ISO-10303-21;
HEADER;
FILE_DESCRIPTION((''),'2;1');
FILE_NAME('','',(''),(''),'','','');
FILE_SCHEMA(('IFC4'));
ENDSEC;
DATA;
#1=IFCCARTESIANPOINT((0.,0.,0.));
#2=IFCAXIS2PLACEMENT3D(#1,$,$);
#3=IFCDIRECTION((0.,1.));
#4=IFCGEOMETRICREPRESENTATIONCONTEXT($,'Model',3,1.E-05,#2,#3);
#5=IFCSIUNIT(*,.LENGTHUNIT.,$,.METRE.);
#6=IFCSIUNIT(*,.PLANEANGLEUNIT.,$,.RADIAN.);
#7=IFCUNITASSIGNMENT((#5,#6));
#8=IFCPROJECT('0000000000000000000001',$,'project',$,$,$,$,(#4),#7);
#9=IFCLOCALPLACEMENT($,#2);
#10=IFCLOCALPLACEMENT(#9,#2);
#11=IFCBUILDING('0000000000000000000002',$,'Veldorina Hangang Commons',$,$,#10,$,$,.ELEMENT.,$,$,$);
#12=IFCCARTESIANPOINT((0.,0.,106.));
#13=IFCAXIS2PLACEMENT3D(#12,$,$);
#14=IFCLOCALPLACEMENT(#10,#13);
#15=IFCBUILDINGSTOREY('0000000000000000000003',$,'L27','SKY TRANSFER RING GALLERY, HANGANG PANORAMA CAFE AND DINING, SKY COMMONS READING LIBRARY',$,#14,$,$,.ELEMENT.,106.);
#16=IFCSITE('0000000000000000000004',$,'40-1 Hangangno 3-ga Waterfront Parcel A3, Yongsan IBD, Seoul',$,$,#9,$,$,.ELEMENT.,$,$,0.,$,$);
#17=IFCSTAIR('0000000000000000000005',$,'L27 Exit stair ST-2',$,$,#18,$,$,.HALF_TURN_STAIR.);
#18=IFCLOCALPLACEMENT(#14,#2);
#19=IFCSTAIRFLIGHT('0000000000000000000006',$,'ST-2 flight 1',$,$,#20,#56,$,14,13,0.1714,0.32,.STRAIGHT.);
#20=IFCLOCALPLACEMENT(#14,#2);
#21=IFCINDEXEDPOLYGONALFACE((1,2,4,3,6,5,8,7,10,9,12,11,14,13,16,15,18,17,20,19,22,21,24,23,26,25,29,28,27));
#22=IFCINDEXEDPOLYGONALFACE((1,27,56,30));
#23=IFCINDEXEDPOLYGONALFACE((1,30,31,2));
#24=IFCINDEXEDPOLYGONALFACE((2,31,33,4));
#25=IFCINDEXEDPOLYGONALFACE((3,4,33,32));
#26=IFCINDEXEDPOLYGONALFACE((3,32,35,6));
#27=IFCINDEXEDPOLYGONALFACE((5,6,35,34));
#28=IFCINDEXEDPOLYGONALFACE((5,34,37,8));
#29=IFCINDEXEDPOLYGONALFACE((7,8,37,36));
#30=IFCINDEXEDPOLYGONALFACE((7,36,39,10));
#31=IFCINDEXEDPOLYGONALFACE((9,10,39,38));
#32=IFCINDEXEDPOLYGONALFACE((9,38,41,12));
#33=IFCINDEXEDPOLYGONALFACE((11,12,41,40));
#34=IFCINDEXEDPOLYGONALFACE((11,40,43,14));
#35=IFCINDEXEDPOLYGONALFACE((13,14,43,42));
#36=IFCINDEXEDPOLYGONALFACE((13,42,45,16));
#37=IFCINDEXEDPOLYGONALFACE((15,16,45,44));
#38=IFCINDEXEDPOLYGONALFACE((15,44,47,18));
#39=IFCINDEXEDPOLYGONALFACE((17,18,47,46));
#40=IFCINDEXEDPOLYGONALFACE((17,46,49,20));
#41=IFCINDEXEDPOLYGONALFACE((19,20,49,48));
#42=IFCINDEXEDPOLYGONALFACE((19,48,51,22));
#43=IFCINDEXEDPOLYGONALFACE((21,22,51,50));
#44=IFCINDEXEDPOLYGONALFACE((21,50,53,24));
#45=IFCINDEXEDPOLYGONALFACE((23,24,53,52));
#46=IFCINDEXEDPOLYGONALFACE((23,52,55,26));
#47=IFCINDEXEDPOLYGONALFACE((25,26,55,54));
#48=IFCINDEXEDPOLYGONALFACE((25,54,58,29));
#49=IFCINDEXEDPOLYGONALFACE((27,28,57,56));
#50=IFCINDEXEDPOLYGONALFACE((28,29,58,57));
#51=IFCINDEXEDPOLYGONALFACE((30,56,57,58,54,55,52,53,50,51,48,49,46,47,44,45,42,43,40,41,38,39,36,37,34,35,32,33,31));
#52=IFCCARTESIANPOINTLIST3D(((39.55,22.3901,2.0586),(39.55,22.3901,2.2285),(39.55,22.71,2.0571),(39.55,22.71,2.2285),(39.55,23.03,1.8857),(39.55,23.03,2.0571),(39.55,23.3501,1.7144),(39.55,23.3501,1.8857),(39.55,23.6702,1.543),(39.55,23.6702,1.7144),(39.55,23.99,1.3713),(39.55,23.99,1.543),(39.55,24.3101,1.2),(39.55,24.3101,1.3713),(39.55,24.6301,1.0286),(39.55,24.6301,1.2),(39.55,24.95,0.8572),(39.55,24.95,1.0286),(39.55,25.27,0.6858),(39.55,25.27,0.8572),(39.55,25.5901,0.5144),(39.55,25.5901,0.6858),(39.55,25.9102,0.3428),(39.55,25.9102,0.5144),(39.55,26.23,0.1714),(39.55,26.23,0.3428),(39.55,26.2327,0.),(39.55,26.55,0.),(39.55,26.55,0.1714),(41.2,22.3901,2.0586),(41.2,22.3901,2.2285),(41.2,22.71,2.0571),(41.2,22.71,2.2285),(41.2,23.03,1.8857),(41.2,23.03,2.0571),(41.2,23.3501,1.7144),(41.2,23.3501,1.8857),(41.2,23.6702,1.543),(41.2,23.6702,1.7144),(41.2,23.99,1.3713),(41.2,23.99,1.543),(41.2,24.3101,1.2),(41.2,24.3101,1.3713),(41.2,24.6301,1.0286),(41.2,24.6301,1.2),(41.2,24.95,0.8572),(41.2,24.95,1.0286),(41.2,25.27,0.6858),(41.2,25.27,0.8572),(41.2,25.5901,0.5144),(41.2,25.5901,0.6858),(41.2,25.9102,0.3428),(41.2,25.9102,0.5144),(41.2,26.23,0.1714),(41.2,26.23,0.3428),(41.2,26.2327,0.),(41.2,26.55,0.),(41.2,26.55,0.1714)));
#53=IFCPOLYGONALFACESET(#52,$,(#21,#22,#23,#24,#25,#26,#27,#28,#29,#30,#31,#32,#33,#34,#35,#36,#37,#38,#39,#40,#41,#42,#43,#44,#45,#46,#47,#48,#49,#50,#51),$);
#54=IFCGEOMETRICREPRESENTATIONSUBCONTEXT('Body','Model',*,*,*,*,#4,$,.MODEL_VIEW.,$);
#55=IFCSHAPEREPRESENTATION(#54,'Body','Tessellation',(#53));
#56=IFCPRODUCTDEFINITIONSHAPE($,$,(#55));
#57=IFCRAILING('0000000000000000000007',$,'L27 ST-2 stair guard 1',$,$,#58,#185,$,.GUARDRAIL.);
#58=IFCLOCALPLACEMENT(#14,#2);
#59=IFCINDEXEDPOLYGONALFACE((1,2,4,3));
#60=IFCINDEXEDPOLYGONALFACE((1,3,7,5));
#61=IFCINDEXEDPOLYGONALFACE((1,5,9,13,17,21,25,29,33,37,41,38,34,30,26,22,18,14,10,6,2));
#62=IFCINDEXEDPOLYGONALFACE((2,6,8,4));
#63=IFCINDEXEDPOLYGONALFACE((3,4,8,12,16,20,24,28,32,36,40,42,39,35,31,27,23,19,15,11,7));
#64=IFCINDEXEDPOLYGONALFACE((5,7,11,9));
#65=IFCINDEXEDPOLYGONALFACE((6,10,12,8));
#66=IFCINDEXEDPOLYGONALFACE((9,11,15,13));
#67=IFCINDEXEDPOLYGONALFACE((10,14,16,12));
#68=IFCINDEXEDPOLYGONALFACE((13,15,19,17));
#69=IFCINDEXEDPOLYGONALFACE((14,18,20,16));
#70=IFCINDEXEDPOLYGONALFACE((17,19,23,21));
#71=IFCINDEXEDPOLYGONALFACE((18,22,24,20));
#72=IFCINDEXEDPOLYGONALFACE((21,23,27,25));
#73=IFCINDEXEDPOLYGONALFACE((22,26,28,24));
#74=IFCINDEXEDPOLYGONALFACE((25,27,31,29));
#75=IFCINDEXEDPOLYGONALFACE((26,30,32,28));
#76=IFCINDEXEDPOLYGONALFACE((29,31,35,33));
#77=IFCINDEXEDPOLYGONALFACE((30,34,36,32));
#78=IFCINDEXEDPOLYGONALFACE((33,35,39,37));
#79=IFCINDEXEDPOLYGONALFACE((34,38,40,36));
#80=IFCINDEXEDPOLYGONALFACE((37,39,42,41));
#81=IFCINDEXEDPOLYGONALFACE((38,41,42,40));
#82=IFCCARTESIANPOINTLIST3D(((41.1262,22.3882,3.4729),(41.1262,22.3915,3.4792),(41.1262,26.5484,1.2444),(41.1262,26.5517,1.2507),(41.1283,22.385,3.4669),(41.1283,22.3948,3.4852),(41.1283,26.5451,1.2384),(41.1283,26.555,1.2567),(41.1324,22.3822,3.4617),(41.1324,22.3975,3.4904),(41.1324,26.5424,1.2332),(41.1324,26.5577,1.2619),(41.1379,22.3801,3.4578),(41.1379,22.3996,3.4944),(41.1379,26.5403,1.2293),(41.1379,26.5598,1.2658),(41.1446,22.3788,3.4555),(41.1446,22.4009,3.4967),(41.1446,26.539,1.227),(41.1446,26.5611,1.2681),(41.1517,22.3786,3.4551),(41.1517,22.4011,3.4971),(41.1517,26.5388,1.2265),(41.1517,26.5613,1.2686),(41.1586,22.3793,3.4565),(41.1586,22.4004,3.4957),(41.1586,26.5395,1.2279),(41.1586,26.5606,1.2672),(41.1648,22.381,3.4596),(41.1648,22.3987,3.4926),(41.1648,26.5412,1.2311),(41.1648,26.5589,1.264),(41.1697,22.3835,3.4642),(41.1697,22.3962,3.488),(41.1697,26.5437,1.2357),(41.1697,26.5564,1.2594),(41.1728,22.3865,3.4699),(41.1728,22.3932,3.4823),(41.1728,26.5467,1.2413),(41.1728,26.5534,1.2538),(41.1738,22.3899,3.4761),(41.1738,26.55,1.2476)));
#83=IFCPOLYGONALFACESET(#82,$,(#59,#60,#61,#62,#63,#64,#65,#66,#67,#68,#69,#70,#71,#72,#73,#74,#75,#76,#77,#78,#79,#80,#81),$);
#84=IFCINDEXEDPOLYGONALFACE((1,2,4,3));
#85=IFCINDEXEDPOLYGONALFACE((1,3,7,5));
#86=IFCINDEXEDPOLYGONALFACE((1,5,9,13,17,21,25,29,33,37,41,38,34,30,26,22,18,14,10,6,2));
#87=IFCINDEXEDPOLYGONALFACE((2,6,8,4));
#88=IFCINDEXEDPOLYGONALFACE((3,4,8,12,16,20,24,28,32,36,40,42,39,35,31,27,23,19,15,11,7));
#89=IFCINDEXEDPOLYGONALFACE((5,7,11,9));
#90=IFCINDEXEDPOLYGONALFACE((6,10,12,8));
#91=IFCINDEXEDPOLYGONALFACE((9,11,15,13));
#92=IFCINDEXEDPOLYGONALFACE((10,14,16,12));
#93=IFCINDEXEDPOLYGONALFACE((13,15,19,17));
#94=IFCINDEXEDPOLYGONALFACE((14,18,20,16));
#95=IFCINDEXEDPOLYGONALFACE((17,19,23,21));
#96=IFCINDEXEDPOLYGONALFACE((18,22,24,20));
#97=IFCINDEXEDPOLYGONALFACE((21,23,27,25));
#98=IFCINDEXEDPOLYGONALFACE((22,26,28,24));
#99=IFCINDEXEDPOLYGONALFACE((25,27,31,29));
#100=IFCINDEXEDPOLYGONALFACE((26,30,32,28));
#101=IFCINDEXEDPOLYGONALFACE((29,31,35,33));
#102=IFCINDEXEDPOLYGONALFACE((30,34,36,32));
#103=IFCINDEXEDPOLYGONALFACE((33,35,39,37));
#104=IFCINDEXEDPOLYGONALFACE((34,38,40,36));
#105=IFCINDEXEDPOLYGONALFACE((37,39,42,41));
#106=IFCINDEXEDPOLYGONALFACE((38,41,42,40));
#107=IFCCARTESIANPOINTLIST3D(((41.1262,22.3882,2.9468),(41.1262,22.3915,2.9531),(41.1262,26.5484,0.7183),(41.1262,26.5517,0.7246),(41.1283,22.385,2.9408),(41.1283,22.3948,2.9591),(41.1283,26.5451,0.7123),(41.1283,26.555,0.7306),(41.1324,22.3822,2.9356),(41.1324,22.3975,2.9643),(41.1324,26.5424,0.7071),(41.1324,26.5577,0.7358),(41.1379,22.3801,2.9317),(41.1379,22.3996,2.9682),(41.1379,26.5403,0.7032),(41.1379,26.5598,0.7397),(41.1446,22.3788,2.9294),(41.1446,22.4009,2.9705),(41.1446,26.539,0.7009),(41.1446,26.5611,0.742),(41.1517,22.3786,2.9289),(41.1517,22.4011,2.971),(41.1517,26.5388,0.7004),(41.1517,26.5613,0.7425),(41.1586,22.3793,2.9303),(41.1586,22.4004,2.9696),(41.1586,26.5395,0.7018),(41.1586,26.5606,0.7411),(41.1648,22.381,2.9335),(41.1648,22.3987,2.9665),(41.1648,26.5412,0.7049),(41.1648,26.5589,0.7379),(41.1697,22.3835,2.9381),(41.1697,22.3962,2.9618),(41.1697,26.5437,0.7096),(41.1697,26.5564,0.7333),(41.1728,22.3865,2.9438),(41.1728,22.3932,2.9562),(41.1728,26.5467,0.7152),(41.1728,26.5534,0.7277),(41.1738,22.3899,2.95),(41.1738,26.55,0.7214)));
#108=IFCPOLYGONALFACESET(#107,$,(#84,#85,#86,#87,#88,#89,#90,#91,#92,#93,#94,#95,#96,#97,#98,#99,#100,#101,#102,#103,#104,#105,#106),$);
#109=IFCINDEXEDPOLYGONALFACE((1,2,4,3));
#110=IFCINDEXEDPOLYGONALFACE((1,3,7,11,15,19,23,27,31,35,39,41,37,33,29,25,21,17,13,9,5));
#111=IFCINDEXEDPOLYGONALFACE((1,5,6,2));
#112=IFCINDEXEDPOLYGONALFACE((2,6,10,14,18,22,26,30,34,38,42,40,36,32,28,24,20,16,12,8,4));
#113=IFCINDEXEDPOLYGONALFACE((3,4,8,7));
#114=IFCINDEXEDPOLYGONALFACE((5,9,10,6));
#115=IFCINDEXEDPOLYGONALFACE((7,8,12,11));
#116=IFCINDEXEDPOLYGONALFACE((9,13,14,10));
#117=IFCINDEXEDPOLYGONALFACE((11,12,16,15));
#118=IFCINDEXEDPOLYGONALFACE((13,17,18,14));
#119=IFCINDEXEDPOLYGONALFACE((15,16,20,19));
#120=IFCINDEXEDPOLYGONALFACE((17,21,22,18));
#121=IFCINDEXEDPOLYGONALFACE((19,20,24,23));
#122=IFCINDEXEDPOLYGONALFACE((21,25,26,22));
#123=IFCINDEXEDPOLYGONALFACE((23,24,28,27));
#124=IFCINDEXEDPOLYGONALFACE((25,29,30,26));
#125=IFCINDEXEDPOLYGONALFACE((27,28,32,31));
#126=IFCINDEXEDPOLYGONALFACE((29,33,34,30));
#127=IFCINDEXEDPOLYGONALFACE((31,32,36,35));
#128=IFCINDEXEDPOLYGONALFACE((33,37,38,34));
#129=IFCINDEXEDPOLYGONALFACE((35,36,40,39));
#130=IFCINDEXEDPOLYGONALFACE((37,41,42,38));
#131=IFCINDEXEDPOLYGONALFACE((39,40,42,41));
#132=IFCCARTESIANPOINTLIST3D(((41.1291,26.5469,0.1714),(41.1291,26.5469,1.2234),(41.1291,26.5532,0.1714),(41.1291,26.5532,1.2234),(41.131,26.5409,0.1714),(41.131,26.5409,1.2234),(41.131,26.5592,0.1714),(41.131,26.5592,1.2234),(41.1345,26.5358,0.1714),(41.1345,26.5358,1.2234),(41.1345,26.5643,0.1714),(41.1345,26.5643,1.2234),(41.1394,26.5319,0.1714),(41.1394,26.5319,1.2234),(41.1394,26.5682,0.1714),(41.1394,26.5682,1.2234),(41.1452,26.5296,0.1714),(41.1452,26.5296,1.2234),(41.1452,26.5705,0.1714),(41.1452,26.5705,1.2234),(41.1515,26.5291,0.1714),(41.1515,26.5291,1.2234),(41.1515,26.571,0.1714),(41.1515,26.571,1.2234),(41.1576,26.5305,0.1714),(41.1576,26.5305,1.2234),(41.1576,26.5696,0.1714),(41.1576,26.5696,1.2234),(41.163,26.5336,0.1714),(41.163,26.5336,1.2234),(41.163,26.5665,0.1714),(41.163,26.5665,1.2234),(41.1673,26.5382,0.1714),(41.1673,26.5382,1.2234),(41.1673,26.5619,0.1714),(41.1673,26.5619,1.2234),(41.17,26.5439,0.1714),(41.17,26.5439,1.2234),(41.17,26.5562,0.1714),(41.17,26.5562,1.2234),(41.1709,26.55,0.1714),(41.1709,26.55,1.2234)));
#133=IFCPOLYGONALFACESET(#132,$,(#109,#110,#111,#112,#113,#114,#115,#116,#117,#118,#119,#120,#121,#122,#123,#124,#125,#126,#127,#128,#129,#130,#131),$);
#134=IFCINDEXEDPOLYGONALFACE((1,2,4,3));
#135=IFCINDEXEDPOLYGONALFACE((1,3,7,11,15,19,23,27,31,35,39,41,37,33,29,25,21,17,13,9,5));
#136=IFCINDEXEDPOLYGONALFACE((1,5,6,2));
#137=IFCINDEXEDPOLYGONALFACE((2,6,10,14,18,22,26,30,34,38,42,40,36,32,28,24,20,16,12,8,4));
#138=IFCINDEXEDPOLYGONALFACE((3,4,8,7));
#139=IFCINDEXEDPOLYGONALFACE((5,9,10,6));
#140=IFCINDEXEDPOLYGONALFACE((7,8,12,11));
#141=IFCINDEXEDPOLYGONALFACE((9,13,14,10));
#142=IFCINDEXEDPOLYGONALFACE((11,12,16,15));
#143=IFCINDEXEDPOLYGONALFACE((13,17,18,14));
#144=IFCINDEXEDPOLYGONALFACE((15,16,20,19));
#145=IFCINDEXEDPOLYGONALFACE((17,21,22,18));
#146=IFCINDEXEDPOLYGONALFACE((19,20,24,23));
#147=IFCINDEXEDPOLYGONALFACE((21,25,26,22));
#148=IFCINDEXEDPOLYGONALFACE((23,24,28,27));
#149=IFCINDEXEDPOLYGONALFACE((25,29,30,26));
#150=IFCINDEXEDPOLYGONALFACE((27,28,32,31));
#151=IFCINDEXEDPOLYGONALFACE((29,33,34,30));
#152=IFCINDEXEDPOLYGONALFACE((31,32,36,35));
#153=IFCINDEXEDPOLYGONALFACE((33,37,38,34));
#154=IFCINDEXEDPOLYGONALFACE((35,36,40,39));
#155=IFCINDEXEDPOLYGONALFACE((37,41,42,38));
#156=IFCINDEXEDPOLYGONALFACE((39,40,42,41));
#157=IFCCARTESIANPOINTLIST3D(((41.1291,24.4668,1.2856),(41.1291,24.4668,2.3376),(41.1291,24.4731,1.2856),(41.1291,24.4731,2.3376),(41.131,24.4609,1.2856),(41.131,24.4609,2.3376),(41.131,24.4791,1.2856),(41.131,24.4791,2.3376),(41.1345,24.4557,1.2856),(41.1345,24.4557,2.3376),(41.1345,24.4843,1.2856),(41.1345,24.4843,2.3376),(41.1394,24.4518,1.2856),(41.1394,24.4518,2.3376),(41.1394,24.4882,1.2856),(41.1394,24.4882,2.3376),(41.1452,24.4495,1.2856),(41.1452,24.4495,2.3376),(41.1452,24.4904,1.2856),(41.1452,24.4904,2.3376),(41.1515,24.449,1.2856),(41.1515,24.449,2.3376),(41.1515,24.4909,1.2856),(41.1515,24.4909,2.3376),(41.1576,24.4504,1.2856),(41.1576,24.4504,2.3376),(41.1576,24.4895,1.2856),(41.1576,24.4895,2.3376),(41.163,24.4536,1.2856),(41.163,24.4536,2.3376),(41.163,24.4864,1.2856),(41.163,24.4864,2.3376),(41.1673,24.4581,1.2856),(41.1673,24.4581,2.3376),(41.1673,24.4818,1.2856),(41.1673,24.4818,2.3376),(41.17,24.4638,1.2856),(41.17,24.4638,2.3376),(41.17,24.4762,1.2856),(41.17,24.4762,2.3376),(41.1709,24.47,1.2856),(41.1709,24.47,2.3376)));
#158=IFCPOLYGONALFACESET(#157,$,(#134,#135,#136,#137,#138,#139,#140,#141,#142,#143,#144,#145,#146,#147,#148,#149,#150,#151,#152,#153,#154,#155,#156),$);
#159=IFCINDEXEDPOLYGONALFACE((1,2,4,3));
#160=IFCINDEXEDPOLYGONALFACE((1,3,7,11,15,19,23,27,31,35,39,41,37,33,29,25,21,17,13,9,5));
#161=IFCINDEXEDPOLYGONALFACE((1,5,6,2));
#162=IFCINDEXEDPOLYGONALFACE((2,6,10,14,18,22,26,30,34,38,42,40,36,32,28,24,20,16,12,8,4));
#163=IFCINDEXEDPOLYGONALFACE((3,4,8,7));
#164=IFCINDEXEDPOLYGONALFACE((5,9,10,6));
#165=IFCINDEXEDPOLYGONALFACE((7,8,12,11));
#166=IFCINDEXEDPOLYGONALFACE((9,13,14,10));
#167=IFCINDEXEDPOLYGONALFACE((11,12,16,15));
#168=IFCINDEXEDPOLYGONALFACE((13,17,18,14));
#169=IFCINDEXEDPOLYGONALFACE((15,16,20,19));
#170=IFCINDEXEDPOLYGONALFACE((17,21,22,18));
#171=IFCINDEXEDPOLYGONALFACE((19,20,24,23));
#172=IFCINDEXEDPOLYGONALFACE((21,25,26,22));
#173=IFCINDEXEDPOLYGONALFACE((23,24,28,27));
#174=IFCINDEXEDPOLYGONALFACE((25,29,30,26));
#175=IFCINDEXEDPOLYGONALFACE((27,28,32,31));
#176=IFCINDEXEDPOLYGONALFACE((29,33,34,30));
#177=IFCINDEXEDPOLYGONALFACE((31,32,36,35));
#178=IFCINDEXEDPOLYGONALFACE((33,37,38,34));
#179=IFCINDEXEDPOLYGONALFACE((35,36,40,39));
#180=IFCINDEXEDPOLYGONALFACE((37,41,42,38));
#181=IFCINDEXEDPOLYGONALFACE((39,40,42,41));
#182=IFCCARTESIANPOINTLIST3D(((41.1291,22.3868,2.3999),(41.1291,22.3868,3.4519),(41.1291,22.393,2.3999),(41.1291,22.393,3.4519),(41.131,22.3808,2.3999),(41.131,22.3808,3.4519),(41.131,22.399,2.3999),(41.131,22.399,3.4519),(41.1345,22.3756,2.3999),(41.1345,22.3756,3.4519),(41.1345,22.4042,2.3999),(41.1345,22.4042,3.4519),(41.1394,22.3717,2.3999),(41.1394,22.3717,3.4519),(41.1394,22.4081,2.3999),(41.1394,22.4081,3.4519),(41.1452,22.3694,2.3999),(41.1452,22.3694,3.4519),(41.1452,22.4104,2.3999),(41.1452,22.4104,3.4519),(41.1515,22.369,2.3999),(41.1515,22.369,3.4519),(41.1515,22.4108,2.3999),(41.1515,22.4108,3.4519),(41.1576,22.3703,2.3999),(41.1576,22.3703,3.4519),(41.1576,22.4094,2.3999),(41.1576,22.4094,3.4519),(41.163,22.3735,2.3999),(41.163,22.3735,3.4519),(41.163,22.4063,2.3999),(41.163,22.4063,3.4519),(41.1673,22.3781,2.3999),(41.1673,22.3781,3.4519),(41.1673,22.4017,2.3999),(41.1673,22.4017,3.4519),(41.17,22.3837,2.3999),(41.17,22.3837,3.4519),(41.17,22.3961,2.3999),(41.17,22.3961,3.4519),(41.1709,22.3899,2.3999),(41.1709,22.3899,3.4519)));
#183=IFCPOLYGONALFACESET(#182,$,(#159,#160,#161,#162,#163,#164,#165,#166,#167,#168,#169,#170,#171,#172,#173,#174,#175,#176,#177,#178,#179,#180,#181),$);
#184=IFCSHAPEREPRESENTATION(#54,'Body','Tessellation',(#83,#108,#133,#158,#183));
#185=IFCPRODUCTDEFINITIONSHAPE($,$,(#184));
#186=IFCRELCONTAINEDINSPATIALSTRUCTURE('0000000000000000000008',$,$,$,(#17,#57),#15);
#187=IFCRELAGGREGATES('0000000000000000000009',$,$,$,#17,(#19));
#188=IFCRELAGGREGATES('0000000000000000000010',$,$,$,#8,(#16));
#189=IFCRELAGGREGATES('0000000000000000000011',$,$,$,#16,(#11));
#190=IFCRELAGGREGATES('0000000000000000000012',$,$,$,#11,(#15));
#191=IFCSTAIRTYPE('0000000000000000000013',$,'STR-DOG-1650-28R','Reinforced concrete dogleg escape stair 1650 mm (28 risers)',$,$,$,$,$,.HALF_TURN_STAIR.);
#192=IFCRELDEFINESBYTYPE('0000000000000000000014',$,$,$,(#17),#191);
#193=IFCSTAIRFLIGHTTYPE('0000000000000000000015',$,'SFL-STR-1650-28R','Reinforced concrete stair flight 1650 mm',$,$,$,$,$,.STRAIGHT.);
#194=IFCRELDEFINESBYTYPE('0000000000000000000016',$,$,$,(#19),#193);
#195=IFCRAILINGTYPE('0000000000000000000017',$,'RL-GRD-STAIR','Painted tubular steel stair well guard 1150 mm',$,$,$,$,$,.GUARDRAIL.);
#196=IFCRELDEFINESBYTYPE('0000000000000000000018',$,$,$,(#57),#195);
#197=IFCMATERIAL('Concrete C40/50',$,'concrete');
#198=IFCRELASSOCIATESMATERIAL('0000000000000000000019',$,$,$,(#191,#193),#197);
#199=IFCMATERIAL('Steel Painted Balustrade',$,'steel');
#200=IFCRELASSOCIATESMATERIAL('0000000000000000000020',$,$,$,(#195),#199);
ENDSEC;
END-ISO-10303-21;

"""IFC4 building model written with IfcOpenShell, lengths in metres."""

from ifc_helpers import new_model, si_unit, direction, frame, origin, origin_2d, place, context, subcontext, project, spatial, polyline, circle, outline, extrude, material, type_object, element, aggregate, save


model = new_model("IFC4")

# Units and contexts
model_context = context("Model", 3, precision=1e-05, world=origin(), true_north=direction((0.0, 1.0)))
body_context = subcontext(model_context, "Body", "Model", "MODEL_VIEW")
ifc_project = project(units=[si_unit("LENGTHUNIT", "METRE"), si_unit("PLANEANGLEUNIT", "RADIAN")], contexts=[model_context])

# Site, building, storey
site_placement = place(None, origin())
site = spatial("IfcSite", under=ifc_project, at=site_placement, Name="40-1 Hangangno 3-ga Waterfront Parcel A3, Yongsan IBD, Seoul", CompositionType="ELEMENT", RefElevation=0.0)
building_placement = place(site_placement, origin())
building = spatial("IfcBuilding", under=site, at=building_placement, Name="Veldorina Hangang Commons", CompositionType="ELEMENT")
storey_placement = place(building_placement, frame((0.0, 0.0, 106.0)))
storey = spatial("IfcBuildingStorey", under=building, at=storey_placement, Name="L27", Description="SKY TRANSFER RING GALLERY, HANGANG PANORAMA CAFE AND DINING, SKY COMMONS READING LIBRARY", CompositionType="ELEMENT", Elevation=106.0)

# Stair, stair flight
ifc_material_1 = material(Name="Concrete C40/50", Category="concrete")
stair_type = type_object("IfcStairType", Name="STR-DOG-1650-28R", Description="Reinforced concrete dogleg escape stair 1650 mm (28 risers)", PredefinedType="HALF_TURN_STAIR", material=ifc_material_1)
stair_placement = place(storey_placement, origin())
stair = element("IfcStair", 1, at=stair_placement, inside=storey, type_object=stair_type, Name="L27 Exit stair ST-2", PredefinedType="HALF_TURN_STAIR")
stair_flight_type = type_object("IfcStairFlightType", Name="SFL-STR-1650-28R", Description="Reinforced concrete stair flight 1650 mm", PredefinedType="STRAIGHT", material=ifc_material_1)
stair_flight_placement = place(storey_placement, frame((40.375, 26.55, 0.0), z_axis=(0.0, 0.0, 1.0), x_axis=(0.0, -1.0, 0.0)))
stair_flight = element("IfcStairFlight", 2, at=stair_flight_placement, type_object=stair_flight_type, Name="ST-2 flight 1", NumberOfRisers=14, NumberOfTreads=13, PredefinedType="STRAIGHT", RiserHeight=0.1714, TreadLength=0.32, context=body_context, shape_type="SweptSolid", body=[
    extrude(outline(polyline([(0.0, 0.0), (0.0, 0.1714), (0.3201, 0.1714), (0.3201, 0.3428), (0.6399, 0.3428), (0.6399, 0.5144), (0.96, 0.5144), (0.96, 0.6858), (1.28, 0.6858), (1.28, 0.8572), (1.6001, 0.8572), (1.6001, 1.0286), (1.9199, 1.0286), (1.9199, 1.2), (2.24, 1.2), (2.24, 1.3713), (2.5601, 1.3713), (2.5601, 1.543), (2.8799, 1.543), (2.8799, 1.7144), (3.2, 1.7144), (3.2, 1.8857), (3.52, 1.8857), (3.52, 2.0571), (3.8401, 2.0571), (3.8401, 2.2285), (4.1599, 2.2285), (4.1599, 2.3999), (4.1599, 2.0586), (0.3174, 0.0), (0.0, 0.0)])), frame((0.0, 0.825, 0.0), z_axis=(0.0, -1.0, 0.0), x_axis=(1.0, 0.0, 0.0)), (0.0, 0.0, 1.0), 1.6499),
])
aggregate(stair, [stair_flight])

# Railing
ifc_material_2 = material(Name="Steel Painted Balustrade", Category="steel")
railing_type_1 = type_object("IfcRailingType", Name="RL-GRD-STAIR", Description="Painted tubular steel stair well guard 1150 mm", PredefinedType="GUARDRAIL", material=ifc_material_2)
railing_1_placement = place(storey_placement, frame((41.1499, 26.55, 0.1714)))
element("IfcRailing", 3, at=railing_1_placement, inside=storey, type_object=railing_type_1, Name="L27 ST-2 stair guard 1", PredefinedType="GUARDRAIL", context=body_context, shape_type="SweptSolid", body=[
    extrude(circle(Radius=0.0239, at=origin_2d()), frame((0.0, 0.0, 1.0762), z_axis=(0.0, -0.881492, 0.472198), x_axis=(1.0, 0.0, 0.0)), (0.0, 0.0, 1.0), 4.7195),
    extrude(circle(Radius=0.0239, at=origin_2d()), frame((0.0, 0.0, 0.55), z_axis=(0.0, -0.881492, 0.472198), x_axis=(1.0, 0.0, 0.0)), (0.0, 0.0, 1.0), 4.7195),
    extrude(circle(Radius=0.021, at=origin_2d()), origin(), (0.0, 0.0, 1.0), 1.052),
    extrude(circle(Radius=0.021, at=origin_2d()), frame((0.0, -2.0801, 1.1143)), (0.0, 0.0, 1.0), 1.052),
    extrude(circle(Radius=0.021, at=origin_2d()), frame((0.0, -4.1602, 2.2285)), (0.0, 0.0, 1.0), 1.052),
])

save(model, "model.ifc")
